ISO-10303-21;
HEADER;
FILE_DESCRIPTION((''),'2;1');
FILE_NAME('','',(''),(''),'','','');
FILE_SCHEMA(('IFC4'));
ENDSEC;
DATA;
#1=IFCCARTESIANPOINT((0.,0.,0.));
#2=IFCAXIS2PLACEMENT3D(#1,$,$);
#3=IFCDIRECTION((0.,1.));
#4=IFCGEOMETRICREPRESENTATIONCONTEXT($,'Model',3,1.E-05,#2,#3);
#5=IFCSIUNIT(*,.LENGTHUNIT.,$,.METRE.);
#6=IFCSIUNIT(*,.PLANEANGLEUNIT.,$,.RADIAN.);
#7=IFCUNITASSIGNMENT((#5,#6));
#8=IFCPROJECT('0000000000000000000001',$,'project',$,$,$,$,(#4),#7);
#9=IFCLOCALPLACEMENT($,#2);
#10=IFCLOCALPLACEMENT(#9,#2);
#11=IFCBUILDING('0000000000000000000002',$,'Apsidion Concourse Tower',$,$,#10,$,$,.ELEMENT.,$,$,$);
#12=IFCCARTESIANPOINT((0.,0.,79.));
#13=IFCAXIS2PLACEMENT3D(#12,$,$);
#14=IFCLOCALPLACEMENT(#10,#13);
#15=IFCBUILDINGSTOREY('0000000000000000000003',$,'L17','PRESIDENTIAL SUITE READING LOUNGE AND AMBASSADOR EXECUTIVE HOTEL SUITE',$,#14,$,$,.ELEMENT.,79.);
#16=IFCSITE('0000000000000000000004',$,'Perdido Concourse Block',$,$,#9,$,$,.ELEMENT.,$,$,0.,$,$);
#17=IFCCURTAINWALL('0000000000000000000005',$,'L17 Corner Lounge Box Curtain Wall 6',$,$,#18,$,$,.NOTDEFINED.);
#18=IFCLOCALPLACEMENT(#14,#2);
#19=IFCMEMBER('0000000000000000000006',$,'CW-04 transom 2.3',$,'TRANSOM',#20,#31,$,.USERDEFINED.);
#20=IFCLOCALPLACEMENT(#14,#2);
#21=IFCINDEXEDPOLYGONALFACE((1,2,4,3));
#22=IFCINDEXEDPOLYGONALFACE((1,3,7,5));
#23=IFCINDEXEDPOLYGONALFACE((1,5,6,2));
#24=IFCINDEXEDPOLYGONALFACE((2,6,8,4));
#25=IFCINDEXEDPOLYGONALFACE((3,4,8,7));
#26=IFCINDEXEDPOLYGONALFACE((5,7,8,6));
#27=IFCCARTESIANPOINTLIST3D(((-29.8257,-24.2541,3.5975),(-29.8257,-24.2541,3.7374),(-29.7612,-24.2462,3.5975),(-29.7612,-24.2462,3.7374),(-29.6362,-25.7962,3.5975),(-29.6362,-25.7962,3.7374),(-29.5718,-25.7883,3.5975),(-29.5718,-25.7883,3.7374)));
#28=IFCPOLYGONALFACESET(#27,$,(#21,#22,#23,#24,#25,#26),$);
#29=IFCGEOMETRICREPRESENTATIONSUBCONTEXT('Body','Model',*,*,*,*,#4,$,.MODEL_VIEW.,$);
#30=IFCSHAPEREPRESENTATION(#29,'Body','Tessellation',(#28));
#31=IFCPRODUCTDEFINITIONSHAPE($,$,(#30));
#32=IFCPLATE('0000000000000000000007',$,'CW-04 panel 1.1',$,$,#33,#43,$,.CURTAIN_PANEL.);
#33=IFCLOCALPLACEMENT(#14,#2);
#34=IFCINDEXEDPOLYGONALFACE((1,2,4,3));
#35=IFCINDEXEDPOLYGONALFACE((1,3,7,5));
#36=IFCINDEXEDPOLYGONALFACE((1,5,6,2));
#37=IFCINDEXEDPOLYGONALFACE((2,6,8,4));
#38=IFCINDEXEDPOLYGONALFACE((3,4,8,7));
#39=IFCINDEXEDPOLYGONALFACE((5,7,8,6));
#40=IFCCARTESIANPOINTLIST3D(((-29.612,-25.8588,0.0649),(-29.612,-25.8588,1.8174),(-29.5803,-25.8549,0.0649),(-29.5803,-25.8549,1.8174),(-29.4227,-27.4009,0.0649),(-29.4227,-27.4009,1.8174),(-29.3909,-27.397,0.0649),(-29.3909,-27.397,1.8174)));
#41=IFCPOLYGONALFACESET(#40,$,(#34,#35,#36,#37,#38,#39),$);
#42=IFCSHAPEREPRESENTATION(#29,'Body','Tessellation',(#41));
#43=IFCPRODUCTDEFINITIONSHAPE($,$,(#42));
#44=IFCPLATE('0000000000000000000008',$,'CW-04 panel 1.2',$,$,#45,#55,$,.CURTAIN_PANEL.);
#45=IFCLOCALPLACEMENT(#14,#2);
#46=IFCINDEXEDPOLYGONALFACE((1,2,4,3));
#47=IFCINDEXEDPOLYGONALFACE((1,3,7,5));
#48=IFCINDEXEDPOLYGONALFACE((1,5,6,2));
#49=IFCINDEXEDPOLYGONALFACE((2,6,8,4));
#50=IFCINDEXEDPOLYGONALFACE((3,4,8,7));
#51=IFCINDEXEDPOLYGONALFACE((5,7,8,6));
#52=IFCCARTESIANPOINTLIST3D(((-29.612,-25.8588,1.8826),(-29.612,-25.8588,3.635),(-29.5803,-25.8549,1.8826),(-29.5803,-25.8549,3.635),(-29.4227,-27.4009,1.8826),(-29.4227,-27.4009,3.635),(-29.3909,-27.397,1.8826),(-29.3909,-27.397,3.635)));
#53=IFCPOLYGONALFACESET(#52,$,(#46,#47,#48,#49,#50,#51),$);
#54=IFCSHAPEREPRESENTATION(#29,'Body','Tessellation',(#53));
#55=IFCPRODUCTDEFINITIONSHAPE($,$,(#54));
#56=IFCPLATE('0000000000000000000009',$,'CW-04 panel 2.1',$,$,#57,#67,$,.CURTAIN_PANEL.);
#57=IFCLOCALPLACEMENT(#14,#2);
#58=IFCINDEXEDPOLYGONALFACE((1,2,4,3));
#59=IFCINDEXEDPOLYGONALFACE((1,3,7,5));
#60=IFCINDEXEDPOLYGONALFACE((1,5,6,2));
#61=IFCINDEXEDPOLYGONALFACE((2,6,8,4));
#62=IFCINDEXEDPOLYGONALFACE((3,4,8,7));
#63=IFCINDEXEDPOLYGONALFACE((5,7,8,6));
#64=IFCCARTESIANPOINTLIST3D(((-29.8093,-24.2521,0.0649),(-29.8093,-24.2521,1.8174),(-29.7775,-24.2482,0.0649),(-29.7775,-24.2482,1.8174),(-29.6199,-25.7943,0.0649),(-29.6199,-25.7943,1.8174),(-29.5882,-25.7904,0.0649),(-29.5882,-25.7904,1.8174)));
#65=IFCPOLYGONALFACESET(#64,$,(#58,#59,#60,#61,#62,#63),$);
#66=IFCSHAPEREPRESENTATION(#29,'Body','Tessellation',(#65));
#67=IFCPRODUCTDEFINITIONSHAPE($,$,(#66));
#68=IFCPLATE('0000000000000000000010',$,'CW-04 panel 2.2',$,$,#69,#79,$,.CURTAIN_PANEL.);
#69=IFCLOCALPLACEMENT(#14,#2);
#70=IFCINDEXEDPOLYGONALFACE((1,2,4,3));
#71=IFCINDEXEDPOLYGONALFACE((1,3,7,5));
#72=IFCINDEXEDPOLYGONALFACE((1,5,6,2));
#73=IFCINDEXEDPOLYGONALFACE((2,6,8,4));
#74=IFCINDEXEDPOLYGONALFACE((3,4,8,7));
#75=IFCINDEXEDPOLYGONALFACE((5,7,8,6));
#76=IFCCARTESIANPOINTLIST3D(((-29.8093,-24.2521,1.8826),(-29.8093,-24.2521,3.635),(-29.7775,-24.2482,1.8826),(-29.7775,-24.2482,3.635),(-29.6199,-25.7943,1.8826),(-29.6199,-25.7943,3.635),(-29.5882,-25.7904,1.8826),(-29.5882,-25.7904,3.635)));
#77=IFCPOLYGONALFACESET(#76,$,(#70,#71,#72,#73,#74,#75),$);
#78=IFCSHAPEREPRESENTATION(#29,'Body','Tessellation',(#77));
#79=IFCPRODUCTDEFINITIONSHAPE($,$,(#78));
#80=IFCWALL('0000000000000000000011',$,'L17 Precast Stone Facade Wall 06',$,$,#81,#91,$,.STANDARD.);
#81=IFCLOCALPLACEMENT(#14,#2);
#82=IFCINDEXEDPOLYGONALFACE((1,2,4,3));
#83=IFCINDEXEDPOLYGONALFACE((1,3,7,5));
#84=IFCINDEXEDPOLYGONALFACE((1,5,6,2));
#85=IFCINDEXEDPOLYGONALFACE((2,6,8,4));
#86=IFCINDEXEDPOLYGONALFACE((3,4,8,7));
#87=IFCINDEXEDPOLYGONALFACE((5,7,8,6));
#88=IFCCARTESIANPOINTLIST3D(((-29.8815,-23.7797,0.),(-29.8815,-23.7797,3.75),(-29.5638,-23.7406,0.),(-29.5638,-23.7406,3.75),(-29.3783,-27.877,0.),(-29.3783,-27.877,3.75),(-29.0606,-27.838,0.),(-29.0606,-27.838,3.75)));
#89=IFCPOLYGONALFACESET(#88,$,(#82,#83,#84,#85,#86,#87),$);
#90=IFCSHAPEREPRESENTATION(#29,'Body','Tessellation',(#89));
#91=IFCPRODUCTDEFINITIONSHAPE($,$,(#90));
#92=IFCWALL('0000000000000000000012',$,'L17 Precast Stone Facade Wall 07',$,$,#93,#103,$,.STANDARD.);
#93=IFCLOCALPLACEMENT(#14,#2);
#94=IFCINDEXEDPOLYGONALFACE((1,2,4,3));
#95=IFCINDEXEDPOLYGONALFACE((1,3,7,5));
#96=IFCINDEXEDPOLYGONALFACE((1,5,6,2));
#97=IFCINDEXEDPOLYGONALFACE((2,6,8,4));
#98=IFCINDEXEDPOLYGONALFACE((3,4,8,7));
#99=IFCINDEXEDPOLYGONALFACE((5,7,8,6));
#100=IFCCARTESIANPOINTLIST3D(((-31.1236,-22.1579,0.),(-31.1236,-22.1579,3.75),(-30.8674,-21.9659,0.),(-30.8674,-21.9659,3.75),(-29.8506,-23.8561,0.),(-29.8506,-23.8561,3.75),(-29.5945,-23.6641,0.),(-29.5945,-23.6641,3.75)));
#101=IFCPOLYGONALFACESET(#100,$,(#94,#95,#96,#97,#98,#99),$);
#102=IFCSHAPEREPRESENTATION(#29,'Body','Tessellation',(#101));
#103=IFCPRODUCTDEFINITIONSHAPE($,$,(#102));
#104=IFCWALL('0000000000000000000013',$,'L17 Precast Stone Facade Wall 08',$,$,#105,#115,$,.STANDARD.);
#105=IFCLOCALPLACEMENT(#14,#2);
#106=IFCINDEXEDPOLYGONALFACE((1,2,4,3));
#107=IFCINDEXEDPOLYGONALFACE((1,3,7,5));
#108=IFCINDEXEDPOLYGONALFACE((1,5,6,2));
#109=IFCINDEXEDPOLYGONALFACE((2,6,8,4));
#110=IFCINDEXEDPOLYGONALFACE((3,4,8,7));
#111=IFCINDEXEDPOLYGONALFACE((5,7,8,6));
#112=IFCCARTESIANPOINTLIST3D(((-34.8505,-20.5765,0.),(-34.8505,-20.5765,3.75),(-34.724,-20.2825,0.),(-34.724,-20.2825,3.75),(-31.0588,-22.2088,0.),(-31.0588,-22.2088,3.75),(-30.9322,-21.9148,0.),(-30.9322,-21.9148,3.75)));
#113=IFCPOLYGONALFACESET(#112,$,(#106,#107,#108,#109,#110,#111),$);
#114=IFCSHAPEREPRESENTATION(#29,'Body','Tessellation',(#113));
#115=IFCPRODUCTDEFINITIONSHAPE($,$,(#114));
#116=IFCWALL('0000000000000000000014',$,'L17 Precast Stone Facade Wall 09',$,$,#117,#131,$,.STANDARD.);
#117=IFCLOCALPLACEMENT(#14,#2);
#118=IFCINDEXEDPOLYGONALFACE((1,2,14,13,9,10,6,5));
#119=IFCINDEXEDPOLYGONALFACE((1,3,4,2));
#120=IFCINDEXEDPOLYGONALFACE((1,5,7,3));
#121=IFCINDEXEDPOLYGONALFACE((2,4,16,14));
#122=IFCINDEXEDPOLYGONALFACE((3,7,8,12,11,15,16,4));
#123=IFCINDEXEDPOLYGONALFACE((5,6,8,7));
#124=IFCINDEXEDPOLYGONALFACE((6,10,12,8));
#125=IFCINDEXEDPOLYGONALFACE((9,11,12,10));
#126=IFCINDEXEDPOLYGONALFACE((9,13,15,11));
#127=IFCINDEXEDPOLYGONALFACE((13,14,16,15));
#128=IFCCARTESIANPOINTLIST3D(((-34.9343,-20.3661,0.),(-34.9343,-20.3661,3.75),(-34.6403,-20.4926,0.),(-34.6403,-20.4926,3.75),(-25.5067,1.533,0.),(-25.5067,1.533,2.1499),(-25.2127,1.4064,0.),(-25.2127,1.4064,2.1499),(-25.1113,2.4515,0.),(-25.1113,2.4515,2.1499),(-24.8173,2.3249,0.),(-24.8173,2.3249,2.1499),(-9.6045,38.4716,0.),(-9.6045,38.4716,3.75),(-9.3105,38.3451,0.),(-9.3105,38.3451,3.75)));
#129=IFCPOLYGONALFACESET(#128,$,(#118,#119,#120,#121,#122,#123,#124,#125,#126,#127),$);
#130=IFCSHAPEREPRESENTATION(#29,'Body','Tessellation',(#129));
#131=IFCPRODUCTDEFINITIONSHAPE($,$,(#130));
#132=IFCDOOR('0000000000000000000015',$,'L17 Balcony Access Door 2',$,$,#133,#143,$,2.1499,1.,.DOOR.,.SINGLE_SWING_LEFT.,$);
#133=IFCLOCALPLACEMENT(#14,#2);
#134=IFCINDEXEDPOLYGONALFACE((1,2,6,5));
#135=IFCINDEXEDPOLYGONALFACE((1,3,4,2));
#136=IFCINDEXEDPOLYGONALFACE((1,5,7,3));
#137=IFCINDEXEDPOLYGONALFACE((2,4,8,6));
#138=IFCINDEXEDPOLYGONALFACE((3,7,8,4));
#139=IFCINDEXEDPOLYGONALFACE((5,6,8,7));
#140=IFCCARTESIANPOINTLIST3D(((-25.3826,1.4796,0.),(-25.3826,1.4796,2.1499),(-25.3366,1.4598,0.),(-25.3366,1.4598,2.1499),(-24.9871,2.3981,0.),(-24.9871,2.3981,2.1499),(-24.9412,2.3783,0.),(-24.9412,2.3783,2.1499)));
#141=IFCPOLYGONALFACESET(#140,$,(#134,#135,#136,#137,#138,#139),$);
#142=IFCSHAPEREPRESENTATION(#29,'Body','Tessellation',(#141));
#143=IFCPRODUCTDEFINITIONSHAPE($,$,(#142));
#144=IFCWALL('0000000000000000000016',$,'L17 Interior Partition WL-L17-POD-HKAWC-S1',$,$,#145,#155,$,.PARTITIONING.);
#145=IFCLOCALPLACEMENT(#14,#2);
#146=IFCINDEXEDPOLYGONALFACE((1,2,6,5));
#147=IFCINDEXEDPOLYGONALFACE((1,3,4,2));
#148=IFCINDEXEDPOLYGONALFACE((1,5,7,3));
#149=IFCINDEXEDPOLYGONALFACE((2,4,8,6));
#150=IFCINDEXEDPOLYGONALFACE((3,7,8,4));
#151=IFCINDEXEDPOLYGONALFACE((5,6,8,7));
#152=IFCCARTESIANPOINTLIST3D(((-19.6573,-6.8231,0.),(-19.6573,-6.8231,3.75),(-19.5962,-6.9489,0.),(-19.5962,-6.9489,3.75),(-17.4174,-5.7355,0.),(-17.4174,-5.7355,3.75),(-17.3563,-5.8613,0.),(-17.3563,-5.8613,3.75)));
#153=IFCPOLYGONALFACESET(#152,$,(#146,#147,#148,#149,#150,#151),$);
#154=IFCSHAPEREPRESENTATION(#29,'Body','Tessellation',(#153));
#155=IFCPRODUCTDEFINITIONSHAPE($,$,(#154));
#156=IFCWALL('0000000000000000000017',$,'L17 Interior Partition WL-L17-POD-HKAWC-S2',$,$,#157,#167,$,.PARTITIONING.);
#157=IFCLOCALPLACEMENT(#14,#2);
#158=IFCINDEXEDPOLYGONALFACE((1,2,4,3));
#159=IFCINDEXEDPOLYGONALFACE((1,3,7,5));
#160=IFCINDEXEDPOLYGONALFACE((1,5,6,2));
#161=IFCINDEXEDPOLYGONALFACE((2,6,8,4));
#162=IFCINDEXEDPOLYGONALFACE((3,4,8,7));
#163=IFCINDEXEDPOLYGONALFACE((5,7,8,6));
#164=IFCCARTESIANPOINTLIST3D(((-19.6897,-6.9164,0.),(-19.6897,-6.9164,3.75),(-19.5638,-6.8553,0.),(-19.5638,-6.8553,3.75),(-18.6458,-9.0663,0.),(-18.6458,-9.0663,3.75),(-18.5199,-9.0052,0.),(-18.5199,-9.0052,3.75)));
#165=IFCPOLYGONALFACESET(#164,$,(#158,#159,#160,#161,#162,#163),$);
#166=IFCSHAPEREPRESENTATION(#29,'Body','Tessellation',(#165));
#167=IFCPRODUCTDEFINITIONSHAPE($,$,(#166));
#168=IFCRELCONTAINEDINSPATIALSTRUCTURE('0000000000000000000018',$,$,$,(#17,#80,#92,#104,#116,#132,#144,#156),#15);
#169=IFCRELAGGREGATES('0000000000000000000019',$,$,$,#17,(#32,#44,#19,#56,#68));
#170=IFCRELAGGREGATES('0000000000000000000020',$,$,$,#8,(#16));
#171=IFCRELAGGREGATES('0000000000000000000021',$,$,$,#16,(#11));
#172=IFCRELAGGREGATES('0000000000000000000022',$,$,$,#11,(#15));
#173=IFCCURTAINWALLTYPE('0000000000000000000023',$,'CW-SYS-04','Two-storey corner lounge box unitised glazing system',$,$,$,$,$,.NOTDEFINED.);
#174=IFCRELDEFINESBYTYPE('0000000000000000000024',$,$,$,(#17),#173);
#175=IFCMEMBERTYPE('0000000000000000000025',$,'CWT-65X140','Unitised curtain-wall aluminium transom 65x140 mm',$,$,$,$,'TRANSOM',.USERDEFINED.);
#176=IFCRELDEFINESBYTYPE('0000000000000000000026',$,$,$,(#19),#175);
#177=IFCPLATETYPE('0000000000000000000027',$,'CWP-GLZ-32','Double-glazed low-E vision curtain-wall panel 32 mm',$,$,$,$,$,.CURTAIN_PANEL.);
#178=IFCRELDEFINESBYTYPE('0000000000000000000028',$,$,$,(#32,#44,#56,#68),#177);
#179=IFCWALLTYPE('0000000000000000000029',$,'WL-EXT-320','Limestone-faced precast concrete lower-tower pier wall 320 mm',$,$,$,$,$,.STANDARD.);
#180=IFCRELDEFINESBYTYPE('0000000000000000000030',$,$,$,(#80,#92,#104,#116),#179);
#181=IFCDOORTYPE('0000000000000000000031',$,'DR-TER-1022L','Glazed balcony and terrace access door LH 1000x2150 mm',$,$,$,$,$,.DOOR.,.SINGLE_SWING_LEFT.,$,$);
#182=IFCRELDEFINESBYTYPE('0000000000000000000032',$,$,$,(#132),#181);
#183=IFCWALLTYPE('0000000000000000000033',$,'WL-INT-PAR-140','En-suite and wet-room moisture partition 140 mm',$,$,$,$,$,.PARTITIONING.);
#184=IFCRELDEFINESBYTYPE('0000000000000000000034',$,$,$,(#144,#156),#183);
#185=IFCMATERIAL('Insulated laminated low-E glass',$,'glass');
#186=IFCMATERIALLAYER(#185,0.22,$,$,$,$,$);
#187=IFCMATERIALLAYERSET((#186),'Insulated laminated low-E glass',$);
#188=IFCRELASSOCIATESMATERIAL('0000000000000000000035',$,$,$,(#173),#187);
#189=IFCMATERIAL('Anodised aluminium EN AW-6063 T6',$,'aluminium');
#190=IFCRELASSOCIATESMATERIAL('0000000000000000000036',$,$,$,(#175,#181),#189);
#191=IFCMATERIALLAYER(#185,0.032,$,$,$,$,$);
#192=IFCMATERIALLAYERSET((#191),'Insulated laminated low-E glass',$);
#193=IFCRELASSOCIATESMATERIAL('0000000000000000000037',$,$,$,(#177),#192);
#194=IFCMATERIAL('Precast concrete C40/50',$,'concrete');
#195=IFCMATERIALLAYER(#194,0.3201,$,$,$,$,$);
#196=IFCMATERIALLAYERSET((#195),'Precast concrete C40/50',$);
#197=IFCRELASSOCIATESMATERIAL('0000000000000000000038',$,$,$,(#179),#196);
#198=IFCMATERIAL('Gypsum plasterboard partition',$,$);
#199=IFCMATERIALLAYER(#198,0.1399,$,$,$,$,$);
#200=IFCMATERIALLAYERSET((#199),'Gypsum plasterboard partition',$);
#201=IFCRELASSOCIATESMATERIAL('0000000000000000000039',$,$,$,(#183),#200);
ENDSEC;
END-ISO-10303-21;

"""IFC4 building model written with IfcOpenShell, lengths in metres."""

from ifc_helpers import new_model, si_unit, direction, frame, frame_2d, origin, origin_2d, place, context, subcontext, project, spatial, rectangle, extrude, material, layer, layer_set, material_profile, profile_set, type_object, element, fill, aggregate, save


model = new_model("IFC4")

# Units and contexts
model_context = context("Model", 3, precision=1e-05, world=origin(), true_north=direction((0.0, 1.0)))
body_context = subcontext(model_context, "Body", "Model", "MODEL_VIEW")
ifc_project = project(units=[si_unit("LENGTHUNIT", "METRE"), si_unit("PLANEANGLEUNIT", "RADIAN")], contexts=[model_context])

# Site, building, storey
site_placement = place(None, origin())
site = spatial("IfcSite", under=ifc_project, at=site_placement, Name="Perdido Concourse Block", CompositionType="ELEMENT", RefElevation=0.0)
building_placement = place(site_placement, origin())
building = spatial("IfcBuilding", under=site, at=building_placement, Name="Apsidion Concourse Tower", CompositionType="ELEMENT")
storey_placement = place(building_placement, frame((0.0, 0.0, 79.0)))
storey = spatial("IfcBuildingStorey", under=building, at=storey_placement, Name="L17", Description="PRESIDENTIAL SUITE READING LOUNGE AND AMBASSADOR EXECUTIVE HOTEL SUITE", CompositionType="ELEMENT", Elevation=79.0)

# Curtain wall, member, plates
ifc_material_1 = material(Name="Insulated laminated low-E glass", Category="glass")
ifc_layer_1 = layer(ifc_material_1, 0.22)
ifc_layer_set_1 = layer_set([ifc_layer_1], Name="Insulated laminated low-E glass")
curtain_wall_type = type_object("IfcCurtainWallType", Name="CW-SYS-04", Description="Two-storey corner lounge box unitised glazing system", PredefinedType="NOTDEFINED", material=ifc_layer_set_1)
curtain_wall_placement = place(storey_placement, origin())
curtain_wall = element("IfcCurtainWall", 1, at=curtain_wall_placement, inside=storey, type_object=curtain_wall_type, Name="L17 Corner Lounge Box Curtain Wall 6", PredefinedType="NOTDEFINED")
ifc_material_2 = material(Name="Anodised aluminium EN AW-6063 T6", Category="aluminium")
ifc_material_profile_1 = material_profile(ifc_material_2, rectangle(XDim=0.0649, YDim=0.1399, at=origin_2d()), Name="ALU TRANSOM 65x140")
ifc_profile_set_1 = profile_set([ifc_material_profile_1], Name="Anodised aluminium EN AW-6063 T6")
member_type_1 = type_object("IfcMemberType", Name="CWT-65X140", Description="Unitised curtain-wall aluminium transom 65x140 mm", ElementType="TRANSOM", PredefinedType="USERDEFINED", material=ifc_profile_set_1)
member_1_placement = place(storey_placement, frame((-29.604, -25.7922, 3.6675), z_axis=(-0.121927, 0.992539, 0.0), x_axis=(-0.992539, -0.121927, 0.0)))
member_1 = element("IfcMember", 2, at=member_1_placement, type_object=member_type_1, Name="CW-04 transom 2.3", ObjectType="TRANSOM", PredefinedType="USERDEFINED", context=body_context, shape_type="SweptSolid", body=[
    extrude(rectangle(XDim=0.0649, YDim=0.1399, at=origin_2d()), origin(), (0.0, 0.0, 1.0), 1.5537),
])
ifc_layer_2 = layer(ifc_material_1, 0.032)
ifc_layer_set_2 = layer_set([ifc_layer_2], Name="Insulated laminated low-E glass")
plate_type = type_object("IfcPlateType", Name="CWP-GLZ-32", Description="Double-glazed low-E vision curtain-wall panel 32 mm", PredefinedType="CURTAIN_PANEL", material=ifc_layer_set_2)
plate_1_placement = place(storey_placement, frame((-29.5015, -26.6279, 0.0649), z_axis=(0.0, 0.0, 1.0), x_axis=(-0.12188, 0.992545, 0.0)))
plate_1 = element("IfcPlate", 3, at=plate_1_placement, type_object=plate_type, Name="CW-04 panel 1.1", PredefinedType="CURTAIN_PANEL", context=body_context, shape_type="SweptSolid", body=[
    extrude(rectangle(XDim=1.5537, YDim=0.032, at=origin_2d()), origin(), (0.0, 0.0, 1.0), 1.7524),
])
plate_2_placement = place(storey_placement, frame((-29.5015, -26.6279, 1.8826), z_axis=(0.0, 0.0, 1.0), x_axis=(-0.12188, 0.992545, 0.0)))
plate_2 = element("IfcPlate", 4, at=plate_2_placement, type_object=plate_type, Name="CW-04 panel 1.2", PredefinedType="CURTAIN_PANEL", context=body_context, shape_type="SweptSolid", body=[
    extrude(rectangle(XDim=1.5537, YDim=0.032, at=origin_2d()), origin(), (0.0, 0.0, 1.0), 1.7524),
])
plate_3_placement = place(storey_placement, frame((-29.6987, -25.0212, 0.0649), z_axis=(0.0, 0.0, 1.0), x_axis=(-0.12188, 0.992545, 0.0)))
plate_3 = element("IfcPlate", 5, at=plate_3_placement, type_object=plate_type, Name="CW-04 panel 2.1", PredefinedType="CURTAIN_PANEL", context=body_context, shape_type="SweptSolid", body=[
    extrude(rectangle(XDim=1.5537, YDim=0.032, at=origin_2d()), origin(), (0.0, 0.0, 1.0), 1.7524),
])
plate_4_placement = place(storey_placement, frame((-29.6987, -25.0212, 1.8826), z_axis=(0.0, 0.0, 1.0), x_axis=(-0.12188, 0.992545, 0.0)))
plate_4 = element("IfcPlate", 6, at=plate_4_placement, type_object=plate_type, Name="CW-04 panel 2.2", PredefinedType="CURTAIN_PANEL", context=body_context, shape_type="SweptSolid", body=[
    extrude(rectangle(XDim=1.5537, YDim=0.032, at=origin_2d()), origin(), (0.0, 0.0, 1.0), 1.7524),
])
aggregate(curtain_wall, [plate_1, plate_2, member_1, plate_3, plate_4])

# Walls
ifc_material_3 = material(Name="Precast concrete C40/50", Category="concrete")
ifc_layer_3 = layer(ifc_material_3, 0.3201)
ifc_layer_set_3 = layer_set([ifc_layer_3], Name="Precast concrete C40/50")
wall_type_1 = type_object("IfcWallType", Name="WL-EXT-320", Description="Limestone-faced precast concrete lower-tower pier wall 320 mm", PredefinedType="STANDARD", material=ifc_layer_set_3)
wall_1_placement = place(storey_placement, frame((-29.2195, -27.8574, 0.0), z_axis=(0.0, 0.0, 1.0), x_axis=(-0.121887, 0.992544, 0.0)))
element("IfcWall", 7, at=wall_1_placement, inside=storey, type_object=wall_type_1, Name="L17 Precast Stone Facade Wall 06", PredefinedType="STANDARD", context=body_context, shape_type="SweptSolid", body=[
    extrude(rectangle(XDim=4.1282, YDim=0.3201, at=frame_2d((2.064, 0.0))), origin(), (0.0, 0.0, 1.0), 3.75),
])
wall_2_placement = place(storey_placement, frame((-29.7227, -23.76, 0.0), z_axis=(0.0, 0.0, 1.0), x_axis=(-0.599779, 0.800166, 0.0)))
element("IfcWall", 8, at=wall_2_placement, inside=storey, type_object=wall_type_1, Name="L17 Precast Stone Facade Wall 07", PredefinedType="STANDARD", context=body_context, shape_type="SweptSolid", body=[
    extrude(rectangle(XDim=2.1223, YDim=0.3201, at=frame_2d((1.061, 0.0))), origin(), (0.0, 0.0, 1.0), 3.75),
])
wall_3_placement = place(storey_placement, frame((-30.9956, -22.0618, 0.0), z_axis=(0.0, 0.0, 1.0), x_axis=(-0.918504, 0.395411, 0.0)))
element("IfcWall", 9, at=wall_3_placement, inside=storey, type_object=wall_type_1, Name="L17 Precast Stone Facade Wall 08", PredefinedType="STANDARD", context=body_context, shape_type="SweptSolid", body=[
    extrude(rectangle(XDim=4.1282, YDim=0.3201, at=frame_2d((2.064, 0.0))), origin(), (0.0, 0.0, 1.0), 3.75),
])

# Wall, opening, door
wall_4_placement = place(storey_placement, frame((-34.7874, -20.4294, 0.0), z_axis=(0.0, 0.0, 1.0), x_axis=(0.395418, 0.918501, 0.0)))
wall_4 = element("IfcWall", 10, at=wall_4_placement, inside=storey, type_object=wall_type_1, Name="L17 Precast Stone Facade Wall 09", PredefinedType="STANDARD", context=body_context, shape_type="SweptSolid", body=[
    extrude(rectangle(XDim=64.0583, YDim=0.3201, at=frame_2d((32.0293, 0.0))), origin(), (0.0, 0.0, 1.0), 3.75),
])
opening_1_placement = place(wall_4_placement, frame((23.8423, 0.0, 0.0)))
opening_1 = element("IfcOpeningElement", 11, at=opening_1_placement, cuts=wall_4, PredefinedType="OPENING", context=body_context, shape_type="SweptSolid", body=[
    extrude(rectangle(XDim=1.0, YDim=2.1499, at=frame_2d((0.5, 1.075))), frame((0.0, 0.1699, 0.0), z_axis=(0.0, -1.0, 0.0), x_axis=(1.0, 0.0, 0.0)), (0.0, 0.0, 1.0), 0.3401),
])
door_type_1 = type_object("IfcDoorType", Name="DR-TER-1022L", Description="Glazed balcony and terrace access door LH 1000x2150 mm", OperationType="SINGLE_SWING_LEFT", PredefinedType="DOOR", material=ifc_material_2)
door_1_placement = place(opening_1_placement, origin())
door_1 = element("IfcDoor", 12, at=door_1_placement, inside=storey, type_object=door_type_1, Name="L17 Balcony Access Door 2", OperationType="SINGLE_SWING_LEFT", OverallHeight=2.1499, OverallWidth=1.0, PredefinedType="DOOR", context=body_context, shape_type="SweptSolid", body=[
    extrude(rectangle(XDim=1.0, YDim=2.1499, at=frame_2d((0.5, 1.075))), frame((0.0, 0.0249, 0.0), z_axis=(0.0, -1.0, 0.0), x_axis=(1.0, 0.0, 0.0)), (0.0, 0.0, 1.0), 0.05),
])
fill(opening_1, door_1)

# Walls
ifc_material_4 = material(Name="Gypsum plasterboard partition")
ifc_layer_4 = layer(ifc_material_4, 0.1399)
ifc_layer_set_4 = layer_set([ifc_layer_4], Name="Gypsum plasterboard partition")
wall_type_2 = type_object("IfcWallType", Name="WL-INT-PAR-140", Description="En-suite and wet-room moisture partition 140 mm", PredefinedType="PARTITIONING", material=ifc_layer_set_4)
wall_5_placement = place(storey_placement, frame((-17.3867, -5.7983, 0.0), z_axis=(0.0, 0.0, 1.0), x_axis=(-0.899563, -0.436791, 0.0)))
element("IfcWall", 13, at=wall_5_placement, inside=storey, type_object=wall_type_2, Name="L17 Interior Partition WL-L17-POD-HKAWC-S1", PredefinedType="PARTITIONING", context=body_context, shape_type="SweptSolid", body=[
    extrude(rectangle(XDim=2.49, YDim=0.1399, at=frame_2d((1.2451, 0.0))), origin(), (0.0, 0.0, 1.0), 3.75),
])
wall_6_placement = place(storey_placement, frame((-19.6267, -6.886, 0.0), z_axis=(0.0, 0.0, 1.0), x_axis=(0.436805, -0.899556, 0.0)))
element("IfcWall", 14, at=wall_6_placement, inside=storey, type_object=wall_type_2, Name="L17 Interior Partition WL-L17-POD-HKAWC-S2", PredefinedType="PARTITIONING", context=body_context, shape_type="SweptSolid", body=[
    extrude(rectangle(XDim=2.3899, YDim=0.1399, at=frame_2d((1.1948, 0.0))), origin(), (0.0, 0.0, 1.0), 3.75),
])

save(model, "model.ifc")
